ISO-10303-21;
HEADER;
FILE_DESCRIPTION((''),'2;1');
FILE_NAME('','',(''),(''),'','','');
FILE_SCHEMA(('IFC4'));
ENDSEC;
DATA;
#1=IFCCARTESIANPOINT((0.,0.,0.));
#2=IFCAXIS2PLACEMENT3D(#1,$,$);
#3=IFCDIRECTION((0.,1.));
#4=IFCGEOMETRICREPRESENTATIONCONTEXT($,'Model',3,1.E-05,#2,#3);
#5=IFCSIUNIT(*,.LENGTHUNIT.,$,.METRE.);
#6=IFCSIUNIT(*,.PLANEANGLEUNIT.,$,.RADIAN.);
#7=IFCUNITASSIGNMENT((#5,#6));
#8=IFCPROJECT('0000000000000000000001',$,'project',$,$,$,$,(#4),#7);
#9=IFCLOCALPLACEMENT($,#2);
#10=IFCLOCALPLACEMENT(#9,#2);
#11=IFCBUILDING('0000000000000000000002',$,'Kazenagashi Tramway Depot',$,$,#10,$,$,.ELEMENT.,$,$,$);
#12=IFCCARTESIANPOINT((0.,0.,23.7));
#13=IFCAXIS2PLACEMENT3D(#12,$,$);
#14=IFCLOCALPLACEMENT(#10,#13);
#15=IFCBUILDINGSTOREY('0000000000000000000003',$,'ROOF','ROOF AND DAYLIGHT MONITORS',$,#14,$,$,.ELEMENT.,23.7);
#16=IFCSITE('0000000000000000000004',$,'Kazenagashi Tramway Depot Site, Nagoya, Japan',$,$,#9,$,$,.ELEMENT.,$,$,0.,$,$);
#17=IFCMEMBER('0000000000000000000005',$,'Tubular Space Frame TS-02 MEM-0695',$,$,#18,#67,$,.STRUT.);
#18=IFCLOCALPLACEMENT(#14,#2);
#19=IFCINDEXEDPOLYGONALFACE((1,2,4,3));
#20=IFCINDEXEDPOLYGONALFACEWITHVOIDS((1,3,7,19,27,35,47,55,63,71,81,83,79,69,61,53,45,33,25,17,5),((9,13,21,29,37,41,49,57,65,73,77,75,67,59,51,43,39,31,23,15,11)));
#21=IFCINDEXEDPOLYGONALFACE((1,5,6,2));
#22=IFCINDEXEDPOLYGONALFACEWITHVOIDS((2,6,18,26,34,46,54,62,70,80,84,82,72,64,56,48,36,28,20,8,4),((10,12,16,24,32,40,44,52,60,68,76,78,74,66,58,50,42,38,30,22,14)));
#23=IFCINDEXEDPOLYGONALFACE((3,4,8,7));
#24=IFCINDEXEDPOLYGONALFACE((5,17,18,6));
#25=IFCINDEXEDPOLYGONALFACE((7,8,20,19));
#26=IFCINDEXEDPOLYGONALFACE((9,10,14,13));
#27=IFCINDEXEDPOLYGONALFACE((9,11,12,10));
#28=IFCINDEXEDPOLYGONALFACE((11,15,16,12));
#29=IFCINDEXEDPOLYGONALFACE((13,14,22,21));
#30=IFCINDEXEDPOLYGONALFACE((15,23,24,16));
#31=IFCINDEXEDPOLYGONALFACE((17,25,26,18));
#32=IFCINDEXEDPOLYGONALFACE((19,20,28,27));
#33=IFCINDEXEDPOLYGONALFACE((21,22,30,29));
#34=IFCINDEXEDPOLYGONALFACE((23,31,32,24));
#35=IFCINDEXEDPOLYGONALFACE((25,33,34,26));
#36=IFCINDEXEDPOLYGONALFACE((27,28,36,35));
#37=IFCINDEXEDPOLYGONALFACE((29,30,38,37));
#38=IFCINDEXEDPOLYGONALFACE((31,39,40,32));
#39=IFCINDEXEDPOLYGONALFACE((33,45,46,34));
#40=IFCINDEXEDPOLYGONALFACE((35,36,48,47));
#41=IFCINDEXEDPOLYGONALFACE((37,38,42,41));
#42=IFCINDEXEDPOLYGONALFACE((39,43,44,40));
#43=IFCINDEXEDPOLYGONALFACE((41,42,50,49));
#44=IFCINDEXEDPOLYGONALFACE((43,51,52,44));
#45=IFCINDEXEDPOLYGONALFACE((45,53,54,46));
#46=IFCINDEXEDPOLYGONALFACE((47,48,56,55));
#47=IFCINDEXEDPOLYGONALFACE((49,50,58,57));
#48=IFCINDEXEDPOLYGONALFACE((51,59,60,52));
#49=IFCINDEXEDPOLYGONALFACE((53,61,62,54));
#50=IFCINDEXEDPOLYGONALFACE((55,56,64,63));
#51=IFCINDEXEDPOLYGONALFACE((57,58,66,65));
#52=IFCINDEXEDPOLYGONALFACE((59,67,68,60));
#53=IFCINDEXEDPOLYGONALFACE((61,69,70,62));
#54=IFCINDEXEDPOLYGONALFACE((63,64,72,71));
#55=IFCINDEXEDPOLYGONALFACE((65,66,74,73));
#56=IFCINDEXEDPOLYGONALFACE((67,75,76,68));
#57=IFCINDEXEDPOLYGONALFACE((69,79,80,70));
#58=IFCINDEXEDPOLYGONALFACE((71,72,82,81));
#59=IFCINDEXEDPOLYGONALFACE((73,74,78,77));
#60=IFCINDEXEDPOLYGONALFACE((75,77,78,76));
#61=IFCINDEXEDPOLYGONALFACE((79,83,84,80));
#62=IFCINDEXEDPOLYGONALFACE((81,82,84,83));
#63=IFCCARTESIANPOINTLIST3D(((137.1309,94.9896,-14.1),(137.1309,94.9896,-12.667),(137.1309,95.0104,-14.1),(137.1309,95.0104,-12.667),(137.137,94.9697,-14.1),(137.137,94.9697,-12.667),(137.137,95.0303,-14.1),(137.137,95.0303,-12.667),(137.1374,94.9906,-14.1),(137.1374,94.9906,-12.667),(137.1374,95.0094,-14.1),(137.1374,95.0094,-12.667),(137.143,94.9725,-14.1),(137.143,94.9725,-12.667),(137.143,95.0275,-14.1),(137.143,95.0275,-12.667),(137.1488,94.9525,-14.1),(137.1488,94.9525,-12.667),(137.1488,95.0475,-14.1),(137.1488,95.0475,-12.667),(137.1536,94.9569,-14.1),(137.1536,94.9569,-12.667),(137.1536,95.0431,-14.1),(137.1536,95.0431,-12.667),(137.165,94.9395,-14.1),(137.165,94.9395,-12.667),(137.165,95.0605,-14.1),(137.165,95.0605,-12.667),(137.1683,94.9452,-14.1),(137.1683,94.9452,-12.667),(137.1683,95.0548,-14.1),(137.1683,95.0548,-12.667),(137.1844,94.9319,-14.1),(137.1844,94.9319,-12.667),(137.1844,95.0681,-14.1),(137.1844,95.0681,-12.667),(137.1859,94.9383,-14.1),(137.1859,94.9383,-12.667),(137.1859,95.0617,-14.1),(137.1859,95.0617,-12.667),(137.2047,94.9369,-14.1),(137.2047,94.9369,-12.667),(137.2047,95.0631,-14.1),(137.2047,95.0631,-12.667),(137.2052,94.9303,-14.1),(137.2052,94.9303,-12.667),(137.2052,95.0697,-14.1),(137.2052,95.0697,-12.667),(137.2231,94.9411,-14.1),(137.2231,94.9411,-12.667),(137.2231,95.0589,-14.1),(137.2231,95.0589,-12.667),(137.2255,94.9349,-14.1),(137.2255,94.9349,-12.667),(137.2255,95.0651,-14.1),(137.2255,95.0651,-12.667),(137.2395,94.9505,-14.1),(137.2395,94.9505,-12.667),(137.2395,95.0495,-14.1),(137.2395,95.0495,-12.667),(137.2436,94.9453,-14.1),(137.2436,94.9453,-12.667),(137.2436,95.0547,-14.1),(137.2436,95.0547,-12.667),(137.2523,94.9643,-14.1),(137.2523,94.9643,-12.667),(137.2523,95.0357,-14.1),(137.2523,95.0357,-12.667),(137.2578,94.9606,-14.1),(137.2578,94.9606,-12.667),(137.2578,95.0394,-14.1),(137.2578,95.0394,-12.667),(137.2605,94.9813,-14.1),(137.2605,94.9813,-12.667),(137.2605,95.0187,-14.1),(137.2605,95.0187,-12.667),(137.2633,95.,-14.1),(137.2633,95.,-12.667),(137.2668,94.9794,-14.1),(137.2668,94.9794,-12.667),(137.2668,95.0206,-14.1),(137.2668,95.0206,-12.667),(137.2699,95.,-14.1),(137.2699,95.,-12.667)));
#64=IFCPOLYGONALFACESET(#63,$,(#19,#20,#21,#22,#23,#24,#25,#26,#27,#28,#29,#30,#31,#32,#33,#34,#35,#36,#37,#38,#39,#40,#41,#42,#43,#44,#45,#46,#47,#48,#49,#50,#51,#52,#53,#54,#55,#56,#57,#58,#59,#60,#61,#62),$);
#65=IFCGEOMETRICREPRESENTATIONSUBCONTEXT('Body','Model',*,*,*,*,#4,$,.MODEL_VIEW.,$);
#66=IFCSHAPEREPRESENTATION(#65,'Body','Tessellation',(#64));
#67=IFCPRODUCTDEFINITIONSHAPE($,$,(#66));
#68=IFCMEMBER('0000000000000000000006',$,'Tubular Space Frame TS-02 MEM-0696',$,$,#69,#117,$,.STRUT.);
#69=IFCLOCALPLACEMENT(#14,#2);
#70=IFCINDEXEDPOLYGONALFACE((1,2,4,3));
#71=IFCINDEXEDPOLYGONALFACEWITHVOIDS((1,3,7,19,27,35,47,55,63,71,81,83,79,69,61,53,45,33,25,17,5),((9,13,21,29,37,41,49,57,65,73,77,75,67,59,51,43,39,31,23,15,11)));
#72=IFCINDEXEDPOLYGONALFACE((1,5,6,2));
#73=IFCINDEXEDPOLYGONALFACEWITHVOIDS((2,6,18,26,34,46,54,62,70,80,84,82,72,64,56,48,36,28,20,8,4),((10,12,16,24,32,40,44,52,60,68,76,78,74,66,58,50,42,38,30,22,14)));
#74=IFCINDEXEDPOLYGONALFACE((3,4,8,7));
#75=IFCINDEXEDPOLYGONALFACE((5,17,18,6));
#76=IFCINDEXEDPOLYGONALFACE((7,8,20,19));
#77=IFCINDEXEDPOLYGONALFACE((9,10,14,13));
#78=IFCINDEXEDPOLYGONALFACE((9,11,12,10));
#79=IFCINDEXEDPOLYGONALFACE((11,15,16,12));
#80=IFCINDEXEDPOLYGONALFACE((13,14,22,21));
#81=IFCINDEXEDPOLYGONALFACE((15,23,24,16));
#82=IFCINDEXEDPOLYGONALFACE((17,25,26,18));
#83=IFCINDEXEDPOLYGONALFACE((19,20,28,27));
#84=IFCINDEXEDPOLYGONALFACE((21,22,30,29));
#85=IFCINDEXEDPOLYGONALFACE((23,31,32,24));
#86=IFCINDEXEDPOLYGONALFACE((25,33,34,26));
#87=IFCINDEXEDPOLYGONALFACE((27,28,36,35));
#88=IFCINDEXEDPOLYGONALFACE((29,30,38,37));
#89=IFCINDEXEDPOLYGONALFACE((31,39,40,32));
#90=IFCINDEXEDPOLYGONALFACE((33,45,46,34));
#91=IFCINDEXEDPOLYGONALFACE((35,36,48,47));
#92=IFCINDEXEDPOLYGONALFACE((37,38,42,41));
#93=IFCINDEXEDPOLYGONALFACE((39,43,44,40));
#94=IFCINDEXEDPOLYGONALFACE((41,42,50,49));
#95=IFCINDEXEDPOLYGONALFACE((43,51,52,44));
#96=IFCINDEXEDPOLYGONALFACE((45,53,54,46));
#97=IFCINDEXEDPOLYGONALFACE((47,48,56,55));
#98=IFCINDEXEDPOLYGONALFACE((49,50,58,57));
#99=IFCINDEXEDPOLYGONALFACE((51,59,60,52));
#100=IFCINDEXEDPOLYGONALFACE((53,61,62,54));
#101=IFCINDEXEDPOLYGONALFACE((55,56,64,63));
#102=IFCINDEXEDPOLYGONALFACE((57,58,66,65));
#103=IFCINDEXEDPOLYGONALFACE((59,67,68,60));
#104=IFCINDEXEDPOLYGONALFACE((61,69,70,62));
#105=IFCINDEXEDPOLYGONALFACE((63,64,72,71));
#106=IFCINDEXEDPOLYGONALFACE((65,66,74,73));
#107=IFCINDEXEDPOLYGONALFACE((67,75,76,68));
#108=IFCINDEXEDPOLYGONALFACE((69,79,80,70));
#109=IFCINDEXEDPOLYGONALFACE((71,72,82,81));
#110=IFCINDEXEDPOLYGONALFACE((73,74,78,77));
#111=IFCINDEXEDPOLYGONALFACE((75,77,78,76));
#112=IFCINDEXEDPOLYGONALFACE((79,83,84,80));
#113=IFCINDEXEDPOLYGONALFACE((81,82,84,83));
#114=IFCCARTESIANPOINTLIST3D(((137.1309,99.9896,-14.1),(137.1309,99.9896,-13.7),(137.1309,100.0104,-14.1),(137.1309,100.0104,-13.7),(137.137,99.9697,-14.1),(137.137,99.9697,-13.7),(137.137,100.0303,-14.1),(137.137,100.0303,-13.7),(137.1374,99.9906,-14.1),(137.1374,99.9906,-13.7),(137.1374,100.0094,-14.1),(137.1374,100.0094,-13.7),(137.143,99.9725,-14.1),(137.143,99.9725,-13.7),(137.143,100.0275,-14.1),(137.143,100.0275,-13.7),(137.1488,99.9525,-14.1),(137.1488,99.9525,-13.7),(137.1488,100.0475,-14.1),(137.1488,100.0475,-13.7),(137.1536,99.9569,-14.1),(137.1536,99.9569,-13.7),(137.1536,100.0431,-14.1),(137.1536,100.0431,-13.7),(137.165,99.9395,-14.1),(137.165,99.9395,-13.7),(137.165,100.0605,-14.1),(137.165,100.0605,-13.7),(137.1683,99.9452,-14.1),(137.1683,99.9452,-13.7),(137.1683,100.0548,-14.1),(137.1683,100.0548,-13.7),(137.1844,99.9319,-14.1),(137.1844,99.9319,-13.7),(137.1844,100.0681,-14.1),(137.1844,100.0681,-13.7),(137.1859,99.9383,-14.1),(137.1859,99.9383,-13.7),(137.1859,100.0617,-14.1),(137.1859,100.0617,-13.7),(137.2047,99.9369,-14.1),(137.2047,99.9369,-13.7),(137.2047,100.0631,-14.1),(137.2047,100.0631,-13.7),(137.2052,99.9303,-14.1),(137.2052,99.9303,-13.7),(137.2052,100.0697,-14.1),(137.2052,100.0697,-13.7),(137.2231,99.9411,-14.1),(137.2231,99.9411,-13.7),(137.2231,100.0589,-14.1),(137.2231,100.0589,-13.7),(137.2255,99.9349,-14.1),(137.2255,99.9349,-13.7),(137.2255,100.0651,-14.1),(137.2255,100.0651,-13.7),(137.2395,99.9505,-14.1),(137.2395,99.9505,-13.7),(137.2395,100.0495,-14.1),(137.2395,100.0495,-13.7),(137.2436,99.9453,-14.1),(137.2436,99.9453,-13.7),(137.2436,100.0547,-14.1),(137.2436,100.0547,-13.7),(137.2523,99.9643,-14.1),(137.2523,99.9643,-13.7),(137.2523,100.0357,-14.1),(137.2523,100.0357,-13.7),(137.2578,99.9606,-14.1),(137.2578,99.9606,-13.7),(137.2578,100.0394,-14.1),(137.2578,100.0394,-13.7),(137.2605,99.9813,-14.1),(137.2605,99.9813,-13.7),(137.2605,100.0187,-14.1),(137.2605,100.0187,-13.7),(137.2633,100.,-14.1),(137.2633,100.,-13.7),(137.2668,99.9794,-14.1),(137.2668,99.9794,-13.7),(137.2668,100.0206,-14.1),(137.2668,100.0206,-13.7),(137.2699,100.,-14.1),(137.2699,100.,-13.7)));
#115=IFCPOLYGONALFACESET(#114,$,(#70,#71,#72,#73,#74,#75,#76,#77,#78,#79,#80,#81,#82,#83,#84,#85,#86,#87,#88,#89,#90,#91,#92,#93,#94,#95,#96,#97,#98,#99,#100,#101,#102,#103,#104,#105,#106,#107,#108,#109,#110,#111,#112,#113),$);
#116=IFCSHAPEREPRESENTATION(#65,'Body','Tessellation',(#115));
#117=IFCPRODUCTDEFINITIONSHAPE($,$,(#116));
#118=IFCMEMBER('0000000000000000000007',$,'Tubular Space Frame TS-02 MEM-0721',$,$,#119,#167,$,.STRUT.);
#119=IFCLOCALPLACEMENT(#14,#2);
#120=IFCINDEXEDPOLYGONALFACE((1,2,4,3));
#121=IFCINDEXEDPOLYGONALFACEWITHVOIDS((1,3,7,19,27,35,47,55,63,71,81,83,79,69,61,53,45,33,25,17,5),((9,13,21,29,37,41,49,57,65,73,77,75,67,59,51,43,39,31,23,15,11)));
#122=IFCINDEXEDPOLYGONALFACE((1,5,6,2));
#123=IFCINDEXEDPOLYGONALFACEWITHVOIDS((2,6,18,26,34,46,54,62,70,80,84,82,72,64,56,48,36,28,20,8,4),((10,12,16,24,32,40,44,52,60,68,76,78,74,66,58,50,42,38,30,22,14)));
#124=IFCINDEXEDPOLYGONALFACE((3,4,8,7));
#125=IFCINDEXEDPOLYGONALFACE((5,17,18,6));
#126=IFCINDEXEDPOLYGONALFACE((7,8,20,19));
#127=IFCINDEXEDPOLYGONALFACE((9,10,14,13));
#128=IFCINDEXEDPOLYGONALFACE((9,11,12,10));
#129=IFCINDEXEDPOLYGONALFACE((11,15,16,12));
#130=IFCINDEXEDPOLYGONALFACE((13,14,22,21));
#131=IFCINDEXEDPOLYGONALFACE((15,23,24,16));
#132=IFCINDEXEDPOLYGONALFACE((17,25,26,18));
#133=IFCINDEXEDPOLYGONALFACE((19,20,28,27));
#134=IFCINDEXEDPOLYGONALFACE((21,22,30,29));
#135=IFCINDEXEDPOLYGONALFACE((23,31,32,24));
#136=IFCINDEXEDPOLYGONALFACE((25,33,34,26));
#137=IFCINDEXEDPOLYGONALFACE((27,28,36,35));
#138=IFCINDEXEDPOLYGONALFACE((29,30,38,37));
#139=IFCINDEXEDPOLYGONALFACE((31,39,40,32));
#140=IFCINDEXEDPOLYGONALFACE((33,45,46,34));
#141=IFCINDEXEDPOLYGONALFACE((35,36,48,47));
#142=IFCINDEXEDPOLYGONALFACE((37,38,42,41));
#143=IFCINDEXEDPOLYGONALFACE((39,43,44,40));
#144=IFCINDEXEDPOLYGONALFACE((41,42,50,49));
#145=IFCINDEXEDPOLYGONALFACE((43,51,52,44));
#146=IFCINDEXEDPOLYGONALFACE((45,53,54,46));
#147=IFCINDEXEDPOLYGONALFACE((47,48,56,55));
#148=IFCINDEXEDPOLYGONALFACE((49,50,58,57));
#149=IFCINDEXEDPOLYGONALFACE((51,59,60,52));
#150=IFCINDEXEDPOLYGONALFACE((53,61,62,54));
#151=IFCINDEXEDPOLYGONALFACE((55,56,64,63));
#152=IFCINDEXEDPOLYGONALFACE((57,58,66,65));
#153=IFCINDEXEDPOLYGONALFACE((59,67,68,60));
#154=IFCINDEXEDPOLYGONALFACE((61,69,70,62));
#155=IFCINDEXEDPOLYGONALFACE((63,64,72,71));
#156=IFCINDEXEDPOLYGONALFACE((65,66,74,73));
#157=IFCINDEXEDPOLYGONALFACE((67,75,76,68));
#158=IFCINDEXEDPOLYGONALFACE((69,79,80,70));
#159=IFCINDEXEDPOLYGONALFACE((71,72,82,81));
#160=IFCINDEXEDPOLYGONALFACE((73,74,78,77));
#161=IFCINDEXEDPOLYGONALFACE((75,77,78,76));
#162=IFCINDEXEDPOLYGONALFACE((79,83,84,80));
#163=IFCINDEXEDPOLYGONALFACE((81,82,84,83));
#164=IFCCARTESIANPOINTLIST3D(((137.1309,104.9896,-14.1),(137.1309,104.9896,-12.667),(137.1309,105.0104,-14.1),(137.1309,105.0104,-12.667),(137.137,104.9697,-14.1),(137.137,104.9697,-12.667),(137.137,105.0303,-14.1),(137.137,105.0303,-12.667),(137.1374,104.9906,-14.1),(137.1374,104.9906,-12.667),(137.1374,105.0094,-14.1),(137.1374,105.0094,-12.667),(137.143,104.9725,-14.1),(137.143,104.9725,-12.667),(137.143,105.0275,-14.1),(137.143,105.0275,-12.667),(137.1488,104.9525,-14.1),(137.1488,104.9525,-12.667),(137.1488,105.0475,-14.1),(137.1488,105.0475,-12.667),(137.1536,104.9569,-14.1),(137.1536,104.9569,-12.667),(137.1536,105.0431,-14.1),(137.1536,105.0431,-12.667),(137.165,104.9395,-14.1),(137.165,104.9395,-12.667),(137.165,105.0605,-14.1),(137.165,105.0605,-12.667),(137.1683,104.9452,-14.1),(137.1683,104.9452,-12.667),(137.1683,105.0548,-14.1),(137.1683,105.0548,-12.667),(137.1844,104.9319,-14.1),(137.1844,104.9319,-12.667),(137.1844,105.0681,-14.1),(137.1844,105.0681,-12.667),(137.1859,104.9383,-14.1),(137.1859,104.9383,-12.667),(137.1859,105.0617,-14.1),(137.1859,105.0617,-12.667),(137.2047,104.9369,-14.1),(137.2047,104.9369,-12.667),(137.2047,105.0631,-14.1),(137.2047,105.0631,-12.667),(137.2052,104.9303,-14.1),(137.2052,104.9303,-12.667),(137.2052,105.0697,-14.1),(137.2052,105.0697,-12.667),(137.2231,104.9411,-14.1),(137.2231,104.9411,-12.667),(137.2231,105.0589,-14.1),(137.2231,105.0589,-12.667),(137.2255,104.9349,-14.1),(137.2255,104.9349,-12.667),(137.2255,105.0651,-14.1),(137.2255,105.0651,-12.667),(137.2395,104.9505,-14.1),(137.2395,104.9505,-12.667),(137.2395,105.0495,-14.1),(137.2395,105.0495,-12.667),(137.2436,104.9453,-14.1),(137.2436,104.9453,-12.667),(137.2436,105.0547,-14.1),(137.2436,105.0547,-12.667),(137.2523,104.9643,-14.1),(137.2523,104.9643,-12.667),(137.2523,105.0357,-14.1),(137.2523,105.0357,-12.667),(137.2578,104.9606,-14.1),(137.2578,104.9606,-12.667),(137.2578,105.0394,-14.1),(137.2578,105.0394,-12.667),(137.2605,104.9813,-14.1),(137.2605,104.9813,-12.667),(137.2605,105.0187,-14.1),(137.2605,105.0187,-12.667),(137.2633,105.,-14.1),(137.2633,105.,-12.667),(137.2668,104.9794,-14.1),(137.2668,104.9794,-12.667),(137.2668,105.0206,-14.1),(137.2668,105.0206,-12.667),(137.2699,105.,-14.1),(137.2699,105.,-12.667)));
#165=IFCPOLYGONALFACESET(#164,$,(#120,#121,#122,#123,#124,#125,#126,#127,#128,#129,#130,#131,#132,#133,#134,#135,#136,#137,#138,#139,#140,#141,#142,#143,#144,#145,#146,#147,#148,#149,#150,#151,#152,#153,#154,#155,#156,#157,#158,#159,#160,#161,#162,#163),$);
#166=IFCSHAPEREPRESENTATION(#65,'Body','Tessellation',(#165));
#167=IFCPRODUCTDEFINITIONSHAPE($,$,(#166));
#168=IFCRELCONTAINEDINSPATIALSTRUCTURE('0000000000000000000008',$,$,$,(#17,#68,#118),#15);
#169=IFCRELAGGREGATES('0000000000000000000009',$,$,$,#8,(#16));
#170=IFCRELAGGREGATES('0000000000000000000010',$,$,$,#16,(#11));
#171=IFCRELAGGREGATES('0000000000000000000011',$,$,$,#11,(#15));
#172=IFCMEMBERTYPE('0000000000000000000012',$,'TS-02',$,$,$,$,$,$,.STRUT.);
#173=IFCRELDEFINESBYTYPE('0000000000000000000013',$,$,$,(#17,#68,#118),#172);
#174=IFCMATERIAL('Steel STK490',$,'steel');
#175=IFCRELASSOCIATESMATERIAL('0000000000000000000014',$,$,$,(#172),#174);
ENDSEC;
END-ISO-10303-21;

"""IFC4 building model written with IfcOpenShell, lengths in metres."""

from ifc_helpers import new_model, si_unit, direction, frame, origin, origin_2d, place, context, subcontext, project, spatial, hollow_circle, extrude, material, material_profile, profile_set, type_object, element, save


model = new_model("IFC4")

# Units and contexts
model_context = context("Model", 3, precision=1e-05, world=origin(), true_north=direction((0.0, 1.0)))
body_context = subcontext(model_context, "Body", "Model", "MODEL_VIEW")
ifc_project = project(units=[si_unit("LENGTHUNIT", "METRE"), si_unit("PLANEANGLEUNIT", "RADIAN")], contexts=[model_context])

# Site, building, storey
site_placement = place(None, origin())
site = spatial("IfcSite", under=ifc_project, at=site_placement, Name="Kazenagashi Tramway Depot Site, Nagoya, Japan", CompositionType="ELEMENT", RefElevation=0.0)
building_placement = place(site_placement, origin())
building = spatial("IfcBuilding", under=site, at=building_placement, Name="Kazenagashi Tramway Depot", CompositionType="ELEMENT")
storey_placement = place(building_placement, frame((0.0, 0.0, 23.7)))
storey = spatial("IfcBuildingStorey", under=building, at=storey_placement, Name="ROOF", Description="ROOF AND DAYLIGHT MONITORS", CompositionType="ELEMENT", Elevation=23.7)

# Members
ifc_material_1 = material(Name="Steel STK490", Category="steel")
ifc_material_profile_1 = material_profile(ifc_material_1, hollow_circle(Radius=0.0699, WallThickness=0.0066, at=origin_2d()), Name="CHS-139.8x6.6")
ifc_profile_set_1 = profile_set([ifc_material_profile_1], Name="Steel STK490")
member_type_1 = type_object("IfcMemberType", Name="TS-02", PredefinedType="STRUT", material=ifc_profile_set_1)
member_1_placement = place(storey_placement, frame((137.2, 95.0, -14.1), z_axis=(0.0, 0.0, 1.0), x_axis=(1.0, 0.0, 0.0)))
element("IfcMember", 1, at=member_1_placement, inside=storey, type_object=member_type_1, Name="Tubular Space Frame TS-02 MEM-0695", PredefinedType="STRUT", context=body_context, shape_type="SweptSolid", body=[
    extrude(hollow_circle(Radius=0.0699, WallThickness=0.0066, at=origin_2d()), origin(), (0.0, 0.0, 1.0), 1.433),
])
member_2_placement = place(storey_placement, frame((137.2, 100.0, -14.1), z_axis=(0.0, 0.0, 1.0), x_axis=(1.0, 0.0, 0.0)))
element("IfcMember", 2, at=member_2_placement, inside=storey, type_object=member_type_1, Name="Tubular Space Frame TS-02 MEM-0696", PredefinedType="STRUT", context=body_context, shape_type="SweptSolid", body=[
    extrude(hollow_circle(Radius=0.0699, WallThickness=0.0066, at=origin_2d()), origin(), (0.0, 0.0, 1.0), 0.4),
])
member_3_placement = place(storey_placement, frame((137.2, 105.0, -14.1), z_axis=(0.0, 0.0, 1.0), x_axis=(1.0, 0.0, 0.0)))
element("IfcMember", 3, at=member_3_placement, inside=storey, type_object=member_type_1, Name="Tubular Space Frame TS-02 MEM-0721", PredefinedType="STRUT", context=body_context, shape_type="SweptSolid", body=[
    extrude(hollow_circle(Radius=0.0699, WallThickness=0.0066, at=origin_2d()), origin(), (0.0, 0.0, 1.0), 1.433),
])

save(model, "model.ifc")
